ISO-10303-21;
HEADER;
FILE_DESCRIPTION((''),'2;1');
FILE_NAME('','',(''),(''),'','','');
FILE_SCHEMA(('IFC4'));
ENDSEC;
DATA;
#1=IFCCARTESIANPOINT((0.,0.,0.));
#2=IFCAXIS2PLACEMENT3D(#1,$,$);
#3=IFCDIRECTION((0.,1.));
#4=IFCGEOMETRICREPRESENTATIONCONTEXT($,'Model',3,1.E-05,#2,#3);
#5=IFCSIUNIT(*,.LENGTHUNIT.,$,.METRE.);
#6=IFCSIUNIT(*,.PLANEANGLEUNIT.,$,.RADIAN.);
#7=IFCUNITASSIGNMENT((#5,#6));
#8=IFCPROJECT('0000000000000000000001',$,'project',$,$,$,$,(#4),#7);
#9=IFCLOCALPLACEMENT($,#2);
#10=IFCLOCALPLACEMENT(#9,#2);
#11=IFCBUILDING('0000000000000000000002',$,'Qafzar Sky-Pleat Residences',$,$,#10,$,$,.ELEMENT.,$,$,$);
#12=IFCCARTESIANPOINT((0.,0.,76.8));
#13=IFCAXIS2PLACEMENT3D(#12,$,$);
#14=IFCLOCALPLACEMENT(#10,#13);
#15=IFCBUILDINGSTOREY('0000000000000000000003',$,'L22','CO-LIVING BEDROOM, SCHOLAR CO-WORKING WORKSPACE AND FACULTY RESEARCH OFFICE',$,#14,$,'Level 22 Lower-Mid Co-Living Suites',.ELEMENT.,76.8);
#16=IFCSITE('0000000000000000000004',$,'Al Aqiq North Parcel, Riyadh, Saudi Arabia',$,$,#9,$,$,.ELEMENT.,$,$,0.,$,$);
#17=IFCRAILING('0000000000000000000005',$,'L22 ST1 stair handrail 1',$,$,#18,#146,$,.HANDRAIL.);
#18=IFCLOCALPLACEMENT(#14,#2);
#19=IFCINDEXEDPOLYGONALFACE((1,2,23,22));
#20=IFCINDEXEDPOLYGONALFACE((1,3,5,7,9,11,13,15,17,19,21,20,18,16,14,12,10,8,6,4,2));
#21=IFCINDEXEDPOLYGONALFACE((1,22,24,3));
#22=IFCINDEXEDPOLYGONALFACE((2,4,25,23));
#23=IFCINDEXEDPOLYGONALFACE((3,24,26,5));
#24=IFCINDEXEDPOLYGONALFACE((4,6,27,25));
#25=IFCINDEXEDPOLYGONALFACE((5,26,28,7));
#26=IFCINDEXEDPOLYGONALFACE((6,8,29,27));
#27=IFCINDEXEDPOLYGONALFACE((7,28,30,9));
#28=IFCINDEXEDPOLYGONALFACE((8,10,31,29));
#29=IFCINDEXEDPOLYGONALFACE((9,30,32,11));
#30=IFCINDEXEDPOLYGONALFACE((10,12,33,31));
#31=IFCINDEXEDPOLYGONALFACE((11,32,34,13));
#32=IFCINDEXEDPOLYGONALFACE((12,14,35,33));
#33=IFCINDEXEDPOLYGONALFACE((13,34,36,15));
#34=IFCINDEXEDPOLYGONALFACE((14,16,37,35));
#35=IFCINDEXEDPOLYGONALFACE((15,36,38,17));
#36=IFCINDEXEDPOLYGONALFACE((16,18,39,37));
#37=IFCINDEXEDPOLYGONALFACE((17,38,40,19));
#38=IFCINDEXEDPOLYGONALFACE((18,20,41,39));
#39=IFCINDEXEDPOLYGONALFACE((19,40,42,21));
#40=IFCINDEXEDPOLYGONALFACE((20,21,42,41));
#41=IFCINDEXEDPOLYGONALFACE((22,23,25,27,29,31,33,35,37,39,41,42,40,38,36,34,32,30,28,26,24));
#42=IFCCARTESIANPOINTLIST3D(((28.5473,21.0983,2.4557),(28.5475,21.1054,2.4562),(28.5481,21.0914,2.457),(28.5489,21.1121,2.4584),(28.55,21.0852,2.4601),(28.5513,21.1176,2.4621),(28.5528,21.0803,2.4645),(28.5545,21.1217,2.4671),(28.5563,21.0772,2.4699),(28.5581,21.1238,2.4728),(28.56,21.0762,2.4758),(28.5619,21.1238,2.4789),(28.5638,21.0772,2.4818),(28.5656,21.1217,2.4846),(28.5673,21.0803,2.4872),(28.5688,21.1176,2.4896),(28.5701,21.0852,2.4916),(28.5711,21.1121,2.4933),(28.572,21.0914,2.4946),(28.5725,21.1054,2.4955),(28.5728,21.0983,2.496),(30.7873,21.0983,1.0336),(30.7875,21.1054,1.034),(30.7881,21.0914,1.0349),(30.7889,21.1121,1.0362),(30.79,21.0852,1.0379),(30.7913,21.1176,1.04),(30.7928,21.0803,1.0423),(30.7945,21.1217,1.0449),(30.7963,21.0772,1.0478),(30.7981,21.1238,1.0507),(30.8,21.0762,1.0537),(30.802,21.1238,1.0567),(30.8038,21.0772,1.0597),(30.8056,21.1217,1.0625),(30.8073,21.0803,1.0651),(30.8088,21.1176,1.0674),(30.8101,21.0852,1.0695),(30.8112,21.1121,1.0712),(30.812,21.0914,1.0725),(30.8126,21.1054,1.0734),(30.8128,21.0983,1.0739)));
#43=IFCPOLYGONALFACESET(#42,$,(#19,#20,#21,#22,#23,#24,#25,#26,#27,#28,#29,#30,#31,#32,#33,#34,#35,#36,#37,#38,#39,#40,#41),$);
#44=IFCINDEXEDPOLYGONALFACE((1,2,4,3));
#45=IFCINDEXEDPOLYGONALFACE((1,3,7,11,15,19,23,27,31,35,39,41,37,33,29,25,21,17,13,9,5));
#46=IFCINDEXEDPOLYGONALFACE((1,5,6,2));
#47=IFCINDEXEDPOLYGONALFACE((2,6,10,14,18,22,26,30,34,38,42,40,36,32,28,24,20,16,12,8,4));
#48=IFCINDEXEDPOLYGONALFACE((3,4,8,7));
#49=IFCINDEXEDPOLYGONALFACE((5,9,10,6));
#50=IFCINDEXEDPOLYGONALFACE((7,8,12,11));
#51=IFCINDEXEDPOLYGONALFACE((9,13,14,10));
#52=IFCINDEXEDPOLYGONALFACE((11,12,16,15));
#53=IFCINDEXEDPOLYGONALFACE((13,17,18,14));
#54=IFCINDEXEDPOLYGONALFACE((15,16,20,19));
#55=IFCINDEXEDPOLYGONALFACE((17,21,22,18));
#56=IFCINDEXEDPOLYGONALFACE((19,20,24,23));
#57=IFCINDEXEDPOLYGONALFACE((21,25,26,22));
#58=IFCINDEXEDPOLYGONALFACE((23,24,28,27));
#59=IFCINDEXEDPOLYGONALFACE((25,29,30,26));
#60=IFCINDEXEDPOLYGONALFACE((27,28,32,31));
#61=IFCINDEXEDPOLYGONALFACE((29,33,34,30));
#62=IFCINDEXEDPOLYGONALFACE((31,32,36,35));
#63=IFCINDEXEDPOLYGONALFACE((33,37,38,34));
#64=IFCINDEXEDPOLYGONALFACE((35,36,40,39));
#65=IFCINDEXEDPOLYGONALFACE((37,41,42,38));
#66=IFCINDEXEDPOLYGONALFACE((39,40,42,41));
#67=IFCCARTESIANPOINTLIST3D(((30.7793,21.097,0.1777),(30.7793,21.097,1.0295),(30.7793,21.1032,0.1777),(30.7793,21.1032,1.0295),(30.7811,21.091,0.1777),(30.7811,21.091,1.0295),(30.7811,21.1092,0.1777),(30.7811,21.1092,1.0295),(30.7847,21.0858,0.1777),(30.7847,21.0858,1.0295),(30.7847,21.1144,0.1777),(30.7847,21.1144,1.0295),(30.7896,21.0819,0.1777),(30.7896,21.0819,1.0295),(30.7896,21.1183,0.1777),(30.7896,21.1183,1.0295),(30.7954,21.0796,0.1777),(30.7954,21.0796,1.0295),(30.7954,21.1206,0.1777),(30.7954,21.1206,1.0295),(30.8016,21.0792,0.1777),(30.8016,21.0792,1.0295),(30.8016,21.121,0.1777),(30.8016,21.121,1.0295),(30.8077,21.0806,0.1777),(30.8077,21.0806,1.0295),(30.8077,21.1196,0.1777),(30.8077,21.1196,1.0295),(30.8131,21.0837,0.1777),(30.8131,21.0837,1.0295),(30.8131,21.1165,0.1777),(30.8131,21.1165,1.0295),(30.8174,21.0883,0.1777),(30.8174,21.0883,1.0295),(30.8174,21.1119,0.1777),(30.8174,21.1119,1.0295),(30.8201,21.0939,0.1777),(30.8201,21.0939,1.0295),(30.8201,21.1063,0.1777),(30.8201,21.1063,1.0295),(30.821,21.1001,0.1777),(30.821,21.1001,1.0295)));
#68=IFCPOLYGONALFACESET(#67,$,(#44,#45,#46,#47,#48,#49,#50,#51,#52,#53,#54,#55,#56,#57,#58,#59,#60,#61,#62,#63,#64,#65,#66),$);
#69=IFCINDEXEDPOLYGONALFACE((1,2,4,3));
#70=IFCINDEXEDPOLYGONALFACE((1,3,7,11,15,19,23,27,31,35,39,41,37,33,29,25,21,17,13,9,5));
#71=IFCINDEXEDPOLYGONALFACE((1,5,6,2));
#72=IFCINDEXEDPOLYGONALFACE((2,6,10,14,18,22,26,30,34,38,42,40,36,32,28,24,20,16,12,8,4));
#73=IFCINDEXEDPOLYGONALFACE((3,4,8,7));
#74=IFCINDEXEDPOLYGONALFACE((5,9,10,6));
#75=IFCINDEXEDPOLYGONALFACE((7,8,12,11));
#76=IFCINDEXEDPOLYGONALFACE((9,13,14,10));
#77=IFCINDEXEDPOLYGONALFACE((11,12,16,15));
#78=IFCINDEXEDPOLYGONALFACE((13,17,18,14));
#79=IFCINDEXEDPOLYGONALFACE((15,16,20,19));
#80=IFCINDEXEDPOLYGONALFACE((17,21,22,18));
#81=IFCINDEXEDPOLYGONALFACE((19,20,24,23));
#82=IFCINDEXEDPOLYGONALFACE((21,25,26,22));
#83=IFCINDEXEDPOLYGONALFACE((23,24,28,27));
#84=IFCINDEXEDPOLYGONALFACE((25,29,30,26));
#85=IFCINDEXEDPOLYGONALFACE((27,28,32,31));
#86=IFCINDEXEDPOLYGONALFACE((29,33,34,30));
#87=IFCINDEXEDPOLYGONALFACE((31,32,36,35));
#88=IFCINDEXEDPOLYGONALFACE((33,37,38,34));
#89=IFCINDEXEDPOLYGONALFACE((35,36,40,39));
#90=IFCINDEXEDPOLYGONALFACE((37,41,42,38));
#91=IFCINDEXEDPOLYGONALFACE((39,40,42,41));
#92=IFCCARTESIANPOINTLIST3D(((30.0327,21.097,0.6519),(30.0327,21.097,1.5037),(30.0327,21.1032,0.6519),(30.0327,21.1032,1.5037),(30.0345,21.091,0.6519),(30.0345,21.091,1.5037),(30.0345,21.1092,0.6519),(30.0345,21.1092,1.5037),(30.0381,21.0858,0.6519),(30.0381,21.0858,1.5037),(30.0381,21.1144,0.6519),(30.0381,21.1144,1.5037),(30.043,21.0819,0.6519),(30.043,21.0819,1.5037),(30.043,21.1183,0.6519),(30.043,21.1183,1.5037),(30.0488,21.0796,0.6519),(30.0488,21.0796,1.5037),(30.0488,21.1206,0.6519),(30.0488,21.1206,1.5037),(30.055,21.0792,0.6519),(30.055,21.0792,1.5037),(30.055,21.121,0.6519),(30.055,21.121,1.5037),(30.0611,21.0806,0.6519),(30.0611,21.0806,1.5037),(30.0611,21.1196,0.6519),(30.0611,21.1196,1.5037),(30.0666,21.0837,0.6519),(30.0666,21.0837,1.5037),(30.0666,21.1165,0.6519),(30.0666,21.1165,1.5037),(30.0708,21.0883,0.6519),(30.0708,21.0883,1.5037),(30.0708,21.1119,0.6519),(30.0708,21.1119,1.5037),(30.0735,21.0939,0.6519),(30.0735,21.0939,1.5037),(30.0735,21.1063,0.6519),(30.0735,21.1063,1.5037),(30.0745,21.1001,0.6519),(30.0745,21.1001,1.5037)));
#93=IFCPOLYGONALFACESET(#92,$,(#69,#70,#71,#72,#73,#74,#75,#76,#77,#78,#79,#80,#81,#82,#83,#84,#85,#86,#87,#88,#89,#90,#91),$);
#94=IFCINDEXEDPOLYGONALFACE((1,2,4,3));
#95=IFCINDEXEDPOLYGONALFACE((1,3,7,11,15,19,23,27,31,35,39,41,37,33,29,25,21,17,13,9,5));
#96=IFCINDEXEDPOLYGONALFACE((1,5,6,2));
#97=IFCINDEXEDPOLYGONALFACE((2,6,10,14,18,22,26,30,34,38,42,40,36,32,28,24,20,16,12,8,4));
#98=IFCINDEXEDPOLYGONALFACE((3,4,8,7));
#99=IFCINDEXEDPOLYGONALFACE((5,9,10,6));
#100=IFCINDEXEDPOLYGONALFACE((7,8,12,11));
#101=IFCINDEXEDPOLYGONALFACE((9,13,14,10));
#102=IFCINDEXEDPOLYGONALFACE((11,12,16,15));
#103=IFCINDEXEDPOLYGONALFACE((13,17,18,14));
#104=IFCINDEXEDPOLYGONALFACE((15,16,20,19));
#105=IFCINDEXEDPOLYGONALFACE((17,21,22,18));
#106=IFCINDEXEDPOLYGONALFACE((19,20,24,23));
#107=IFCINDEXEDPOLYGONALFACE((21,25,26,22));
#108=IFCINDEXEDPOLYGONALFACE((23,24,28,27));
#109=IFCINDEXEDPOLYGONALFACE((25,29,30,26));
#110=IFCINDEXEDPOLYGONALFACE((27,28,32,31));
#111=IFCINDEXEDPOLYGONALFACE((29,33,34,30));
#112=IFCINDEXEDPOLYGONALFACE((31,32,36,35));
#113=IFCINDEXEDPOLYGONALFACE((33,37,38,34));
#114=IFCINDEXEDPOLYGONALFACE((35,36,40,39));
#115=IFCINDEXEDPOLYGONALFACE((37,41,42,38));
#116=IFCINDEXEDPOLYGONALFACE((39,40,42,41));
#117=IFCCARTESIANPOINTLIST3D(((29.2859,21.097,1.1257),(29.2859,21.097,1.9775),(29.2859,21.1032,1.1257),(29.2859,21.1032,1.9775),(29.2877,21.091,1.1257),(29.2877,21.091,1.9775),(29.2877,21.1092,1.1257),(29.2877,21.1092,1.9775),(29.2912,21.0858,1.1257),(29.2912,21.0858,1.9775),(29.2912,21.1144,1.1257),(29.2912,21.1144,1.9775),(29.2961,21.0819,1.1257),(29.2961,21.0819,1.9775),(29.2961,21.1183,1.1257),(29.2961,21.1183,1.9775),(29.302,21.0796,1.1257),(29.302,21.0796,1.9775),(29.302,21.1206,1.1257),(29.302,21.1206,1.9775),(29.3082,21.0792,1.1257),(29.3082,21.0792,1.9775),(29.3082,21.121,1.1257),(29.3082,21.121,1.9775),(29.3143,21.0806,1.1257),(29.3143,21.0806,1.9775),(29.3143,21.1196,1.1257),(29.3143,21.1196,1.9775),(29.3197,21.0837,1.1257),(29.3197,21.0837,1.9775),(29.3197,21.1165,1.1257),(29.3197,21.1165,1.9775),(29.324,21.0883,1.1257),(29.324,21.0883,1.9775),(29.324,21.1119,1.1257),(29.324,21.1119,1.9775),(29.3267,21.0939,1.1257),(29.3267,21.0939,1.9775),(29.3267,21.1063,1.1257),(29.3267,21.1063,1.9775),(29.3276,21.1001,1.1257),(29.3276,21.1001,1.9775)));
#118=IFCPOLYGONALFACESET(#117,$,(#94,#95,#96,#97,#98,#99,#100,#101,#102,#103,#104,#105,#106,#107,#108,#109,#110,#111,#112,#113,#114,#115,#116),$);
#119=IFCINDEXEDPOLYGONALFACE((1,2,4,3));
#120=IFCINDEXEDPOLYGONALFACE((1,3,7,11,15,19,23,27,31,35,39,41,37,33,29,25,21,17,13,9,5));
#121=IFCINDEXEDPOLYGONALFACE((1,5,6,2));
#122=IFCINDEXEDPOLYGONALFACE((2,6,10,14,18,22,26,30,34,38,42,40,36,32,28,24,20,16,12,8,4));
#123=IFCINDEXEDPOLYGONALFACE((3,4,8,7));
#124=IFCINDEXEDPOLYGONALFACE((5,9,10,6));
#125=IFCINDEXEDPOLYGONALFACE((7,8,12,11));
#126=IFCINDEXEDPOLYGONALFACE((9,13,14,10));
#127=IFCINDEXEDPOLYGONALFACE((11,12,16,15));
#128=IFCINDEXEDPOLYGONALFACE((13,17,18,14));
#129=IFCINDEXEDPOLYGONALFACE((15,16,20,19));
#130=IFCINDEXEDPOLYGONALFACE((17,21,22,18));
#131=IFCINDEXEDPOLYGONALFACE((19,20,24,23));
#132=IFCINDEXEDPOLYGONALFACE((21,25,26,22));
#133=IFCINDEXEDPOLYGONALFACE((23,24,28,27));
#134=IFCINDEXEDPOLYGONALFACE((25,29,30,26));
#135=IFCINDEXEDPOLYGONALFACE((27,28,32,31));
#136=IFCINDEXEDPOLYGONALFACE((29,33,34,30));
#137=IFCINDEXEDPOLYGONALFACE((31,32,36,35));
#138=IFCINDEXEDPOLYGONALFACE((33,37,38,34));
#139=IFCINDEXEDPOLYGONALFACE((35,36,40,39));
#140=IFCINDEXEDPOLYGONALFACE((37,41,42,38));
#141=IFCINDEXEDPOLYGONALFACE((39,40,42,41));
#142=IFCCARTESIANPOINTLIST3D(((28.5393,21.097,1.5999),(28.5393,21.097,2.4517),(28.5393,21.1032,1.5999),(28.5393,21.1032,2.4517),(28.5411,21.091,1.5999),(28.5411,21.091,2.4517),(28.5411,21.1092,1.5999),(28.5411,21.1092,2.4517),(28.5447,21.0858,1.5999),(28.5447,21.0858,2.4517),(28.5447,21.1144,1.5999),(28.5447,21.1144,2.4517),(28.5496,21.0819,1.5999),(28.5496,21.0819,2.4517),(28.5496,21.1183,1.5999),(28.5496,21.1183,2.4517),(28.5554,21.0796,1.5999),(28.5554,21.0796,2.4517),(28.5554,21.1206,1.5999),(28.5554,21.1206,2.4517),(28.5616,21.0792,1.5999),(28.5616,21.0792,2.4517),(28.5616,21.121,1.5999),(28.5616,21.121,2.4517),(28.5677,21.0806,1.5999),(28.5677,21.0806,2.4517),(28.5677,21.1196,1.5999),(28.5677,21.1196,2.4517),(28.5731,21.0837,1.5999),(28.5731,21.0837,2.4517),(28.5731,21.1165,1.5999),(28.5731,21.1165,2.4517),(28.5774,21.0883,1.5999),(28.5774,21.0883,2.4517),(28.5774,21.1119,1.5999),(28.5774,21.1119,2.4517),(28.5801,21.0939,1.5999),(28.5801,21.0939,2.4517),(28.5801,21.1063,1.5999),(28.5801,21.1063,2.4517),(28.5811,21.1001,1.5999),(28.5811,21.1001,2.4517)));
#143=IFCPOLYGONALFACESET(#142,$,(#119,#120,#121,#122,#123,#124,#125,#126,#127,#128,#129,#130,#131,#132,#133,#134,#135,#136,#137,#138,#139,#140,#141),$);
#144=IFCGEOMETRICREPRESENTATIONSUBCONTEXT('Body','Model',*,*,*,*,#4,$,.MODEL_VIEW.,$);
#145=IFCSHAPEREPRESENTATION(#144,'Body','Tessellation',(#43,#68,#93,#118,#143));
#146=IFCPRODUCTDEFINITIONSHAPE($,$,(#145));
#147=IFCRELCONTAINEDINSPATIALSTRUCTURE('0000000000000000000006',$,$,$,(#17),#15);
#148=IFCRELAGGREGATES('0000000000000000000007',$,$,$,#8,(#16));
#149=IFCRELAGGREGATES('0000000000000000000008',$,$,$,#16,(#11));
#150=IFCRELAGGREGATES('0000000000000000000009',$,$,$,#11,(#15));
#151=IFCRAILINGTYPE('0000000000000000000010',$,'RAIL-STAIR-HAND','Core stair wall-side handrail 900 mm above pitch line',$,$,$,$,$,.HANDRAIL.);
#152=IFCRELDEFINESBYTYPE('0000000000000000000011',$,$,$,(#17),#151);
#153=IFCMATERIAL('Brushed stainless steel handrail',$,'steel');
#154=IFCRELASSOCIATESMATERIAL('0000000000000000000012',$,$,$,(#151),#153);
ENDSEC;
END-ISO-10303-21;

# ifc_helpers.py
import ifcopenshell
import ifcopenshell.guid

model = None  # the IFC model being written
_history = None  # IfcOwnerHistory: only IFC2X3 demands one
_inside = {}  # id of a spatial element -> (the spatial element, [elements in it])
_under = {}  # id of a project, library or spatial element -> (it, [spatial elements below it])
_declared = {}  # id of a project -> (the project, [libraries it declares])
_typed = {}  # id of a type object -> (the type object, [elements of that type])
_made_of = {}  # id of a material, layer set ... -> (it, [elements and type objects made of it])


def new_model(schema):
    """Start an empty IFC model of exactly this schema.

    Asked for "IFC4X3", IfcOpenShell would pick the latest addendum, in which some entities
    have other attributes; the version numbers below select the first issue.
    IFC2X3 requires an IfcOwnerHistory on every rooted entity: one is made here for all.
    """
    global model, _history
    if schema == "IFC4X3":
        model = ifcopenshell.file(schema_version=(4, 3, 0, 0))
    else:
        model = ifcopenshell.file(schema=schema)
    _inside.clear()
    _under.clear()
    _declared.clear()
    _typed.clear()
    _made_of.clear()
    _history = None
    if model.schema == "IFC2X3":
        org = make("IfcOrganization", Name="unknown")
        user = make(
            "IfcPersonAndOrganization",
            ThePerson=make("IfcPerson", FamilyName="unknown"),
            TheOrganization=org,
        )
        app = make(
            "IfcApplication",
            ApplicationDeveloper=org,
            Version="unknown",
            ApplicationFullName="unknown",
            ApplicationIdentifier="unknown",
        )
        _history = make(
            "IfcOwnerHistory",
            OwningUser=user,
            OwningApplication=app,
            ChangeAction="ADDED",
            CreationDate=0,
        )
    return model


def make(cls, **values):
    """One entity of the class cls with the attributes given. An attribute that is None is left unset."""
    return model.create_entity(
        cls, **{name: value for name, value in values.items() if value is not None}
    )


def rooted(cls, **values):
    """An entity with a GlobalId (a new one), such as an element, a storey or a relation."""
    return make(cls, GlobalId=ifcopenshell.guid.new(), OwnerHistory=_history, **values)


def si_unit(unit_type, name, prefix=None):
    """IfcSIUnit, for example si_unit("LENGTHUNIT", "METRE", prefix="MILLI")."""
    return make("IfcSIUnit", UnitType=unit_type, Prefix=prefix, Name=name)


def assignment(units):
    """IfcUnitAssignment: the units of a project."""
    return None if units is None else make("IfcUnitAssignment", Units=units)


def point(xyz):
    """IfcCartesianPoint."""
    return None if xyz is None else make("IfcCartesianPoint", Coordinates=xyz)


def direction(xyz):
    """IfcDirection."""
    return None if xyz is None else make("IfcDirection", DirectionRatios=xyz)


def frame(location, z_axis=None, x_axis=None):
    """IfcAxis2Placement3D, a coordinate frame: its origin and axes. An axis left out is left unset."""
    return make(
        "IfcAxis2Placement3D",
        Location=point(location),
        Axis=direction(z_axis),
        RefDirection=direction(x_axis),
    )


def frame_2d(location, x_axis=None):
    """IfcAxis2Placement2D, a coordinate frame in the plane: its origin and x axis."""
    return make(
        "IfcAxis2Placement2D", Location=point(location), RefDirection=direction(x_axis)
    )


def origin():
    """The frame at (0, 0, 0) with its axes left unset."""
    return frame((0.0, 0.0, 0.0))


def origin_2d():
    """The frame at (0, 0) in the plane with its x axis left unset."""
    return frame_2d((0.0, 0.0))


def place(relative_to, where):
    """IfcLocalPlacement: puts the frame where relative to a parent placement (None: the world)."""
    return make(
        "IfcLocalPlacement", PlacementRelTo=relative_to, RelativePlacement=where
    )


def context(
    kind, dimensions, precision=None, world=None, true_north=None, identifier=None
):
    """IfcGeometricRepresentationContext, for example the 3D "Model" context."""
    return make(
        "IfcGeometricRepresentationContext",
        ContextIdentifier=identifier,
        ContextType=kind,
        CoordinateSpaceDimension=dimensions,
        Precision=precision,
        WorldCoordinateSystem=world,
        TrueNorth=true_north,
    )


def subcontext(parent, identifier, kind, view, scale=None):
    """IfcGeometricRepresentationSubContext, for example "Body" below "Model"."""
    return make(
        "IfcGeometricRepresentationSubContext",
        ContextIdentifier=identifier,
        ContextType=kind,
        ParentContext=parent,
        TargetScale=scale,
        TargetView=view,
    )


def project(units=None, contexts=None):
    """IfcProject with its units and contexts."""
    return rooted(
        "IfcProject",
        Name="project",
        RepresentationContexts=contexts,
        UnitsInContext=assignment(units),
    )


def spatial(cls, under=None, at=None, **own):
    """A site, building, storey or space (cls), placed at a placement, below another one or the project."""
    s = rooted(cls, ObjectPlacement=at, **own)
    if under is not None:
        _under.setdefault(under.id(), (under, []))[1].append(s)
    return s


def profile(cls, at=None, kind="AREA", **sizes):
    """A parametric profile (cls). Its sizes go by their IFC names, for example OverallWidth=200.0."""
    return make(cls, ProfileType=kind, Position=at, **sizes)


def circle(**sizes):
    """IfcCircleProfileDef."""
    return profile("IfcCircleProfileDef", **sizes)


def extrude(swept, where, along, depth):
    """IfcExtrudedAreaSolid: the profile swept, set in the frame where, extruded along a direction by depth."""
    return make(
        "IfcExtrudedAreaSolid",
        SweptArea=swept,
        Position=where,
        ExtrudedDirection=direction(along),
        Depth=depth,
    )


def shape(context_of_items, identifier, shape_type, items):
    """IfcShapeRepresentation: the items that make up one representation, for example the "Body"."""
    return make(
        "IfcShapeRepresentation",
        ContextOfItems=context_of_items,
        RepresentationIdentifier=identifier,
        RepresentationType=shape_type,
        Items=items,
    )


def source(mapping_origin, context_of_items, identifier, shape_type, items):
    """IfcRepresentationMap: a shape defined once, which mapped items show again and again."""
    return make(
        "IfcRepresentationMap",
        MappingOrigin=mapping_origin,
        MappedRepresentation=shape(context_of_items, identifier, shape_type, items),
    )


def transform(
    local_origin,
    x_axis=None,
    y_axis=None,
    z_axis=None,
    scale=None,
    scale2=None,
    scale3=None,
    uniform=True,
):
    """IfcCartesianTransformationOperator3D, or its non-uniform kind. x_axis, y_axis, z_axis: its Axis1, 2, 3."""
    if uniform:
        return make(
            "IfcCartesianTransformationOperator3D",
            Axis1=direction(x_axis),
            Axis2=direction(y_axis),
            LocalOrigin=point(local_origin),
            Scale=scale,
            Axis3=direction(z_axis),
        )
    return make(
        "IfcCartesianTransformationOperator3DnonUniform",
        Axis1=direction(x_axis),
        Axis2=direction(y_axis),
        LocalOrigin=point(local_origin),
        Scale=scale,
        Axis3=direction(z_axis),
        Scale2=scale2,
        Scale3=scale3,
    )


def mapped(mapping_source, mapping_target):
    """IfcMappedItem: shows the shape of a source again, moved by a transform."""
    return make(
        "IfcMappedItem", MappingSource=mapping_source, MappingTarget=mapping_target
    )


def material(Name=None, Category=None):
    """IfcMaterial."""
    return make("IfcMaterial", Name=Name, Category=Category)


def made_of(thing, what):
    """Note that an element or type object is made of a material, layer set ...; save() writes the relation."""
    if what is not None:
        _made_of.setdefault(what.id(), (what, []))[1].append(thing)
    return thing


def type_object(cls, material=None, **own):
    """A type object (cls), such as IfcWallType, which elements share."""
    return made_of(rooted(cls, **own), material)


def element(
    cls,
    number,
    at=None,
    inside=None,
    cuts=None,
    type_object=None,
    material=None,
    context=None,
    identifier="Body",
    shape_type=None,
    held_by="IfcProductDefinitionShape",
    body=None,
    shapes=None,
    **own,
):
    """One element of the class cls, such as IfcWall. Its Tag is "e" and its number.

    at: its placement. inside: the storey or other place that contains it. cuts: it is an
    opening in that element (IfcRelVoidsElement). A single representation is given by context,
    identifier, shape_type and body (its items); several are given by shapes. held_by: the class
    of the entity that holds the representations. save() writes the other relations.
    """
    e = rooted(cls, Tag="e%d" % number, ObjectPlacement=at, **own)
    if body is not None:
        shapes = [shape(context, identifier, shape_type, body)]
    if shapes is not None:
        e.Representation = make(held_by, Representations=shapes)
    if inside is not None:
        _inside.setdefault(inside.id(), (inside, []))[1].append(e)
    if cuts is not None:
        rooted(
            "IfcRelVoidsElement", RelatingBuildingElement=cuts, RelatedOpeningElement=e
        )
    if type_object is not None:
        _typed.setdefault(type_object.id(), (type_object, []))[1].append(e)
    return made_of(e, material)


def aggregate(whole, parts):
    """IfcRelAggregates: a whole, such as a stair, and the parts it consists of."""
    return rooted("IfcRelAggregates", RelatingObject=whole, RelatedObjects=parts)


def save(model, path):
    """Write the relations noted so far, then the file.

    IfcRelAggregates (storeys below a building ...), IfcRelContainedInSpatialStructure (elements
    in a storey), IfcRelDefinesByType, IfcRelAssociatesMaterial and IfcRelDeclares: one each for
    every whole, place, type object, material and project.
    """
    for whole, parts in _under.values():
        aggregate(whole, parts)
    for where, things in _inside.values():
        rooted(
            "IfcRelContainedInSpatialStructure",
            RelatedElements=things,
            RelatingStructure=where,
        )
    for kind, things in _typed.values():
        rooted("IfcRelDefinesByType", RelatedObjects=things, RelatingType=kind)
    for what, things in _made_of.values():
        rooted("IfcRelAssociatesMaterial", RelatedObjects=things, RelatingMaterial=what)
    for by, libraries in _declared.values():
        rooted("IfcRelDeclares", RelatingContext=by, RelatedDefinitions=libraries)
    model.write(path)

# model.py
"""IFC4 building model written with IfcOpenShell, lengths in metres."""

from ifc_helpers import new_model, si_unit, direction, frame, origin, origin_2d, place, context, subcontext, project, spatial, circle, extrude, source, transform, mapped, material, type_object, element, save


model = new_model("IFC4")

# Units and contexts
model_context = context("Model", 3, precision=1e-05, world=origin(), true_north=direction((0.0, 1.0)))
body_context = subcontext(model_context, "Body", "Model", "MODEL_VIEW")
ifc_project = project(units=[si_unit("LENGTHUNIT", "METRE"), si_unit("PLANEANGLEUNIT", "RADIAN")], contexts=[model_context])

# Site, building, storey
site_placement = place(None, origin())
site = spatial("IfcSite", under=ifc_project, at=site_placement, Name="Al Aqiq North Parcel, Riyadh, Saudi Arabia", CompositionType="ELEMENT", RefElevation=0.0)
building_placement = place(site_placement, origin())
building = spatial("IfcBuilding", under=site, at=building_placement, Name="Qafzar Sky-Pleat Residences", CompositionType="ELEMENT")
storey_placement = place(building_placement, frame((0.0, 0.0, 76.8)))
storey = spatial("IfcBuildingStorey", under=building, at=storey_placement, Name="L22", Description="CO-LIVING BEDROOM, SCHOLAR CO-WORKING WORKSPACE AND FACULTY RESEARCH OFFICE", LongName="Level 22 Lower-Mid Co-Living Suites", CompositionType="ELEMENT", Elevation=76.8)

# Railing
ifc_material_1 = material(Name="Brushed stainless steel handrail", Category="steel")
railing_type_1 = type_object("IfcRailingType", Name="RAIL-STAIR-HAND", Description="Core stair wall-side handrail 900 mm above pitch line", PredefinedType="HANDRAIL", material=ifc_material_1)
shared_shape_1 = source(origin(), body_context, "Body", "SweptSolid", [
    extrude(circle(Radius=0.0239, at=origin_2d()), frame((0.0, 0.0, 0.876), z_axis=(-0.844229, 0.0, 0.535982), x_axis=(0.0, -1.0, 0.0)), (0.0, 0.0, 1.0), 2.6533),
    extrude(circle(Radius=0.021, at=origin_2d()), origin(), (0.0, 0.0, 1.0), 0.8518),
    extrude(circle(Radius=0.021, at=origin_2d()), frame((-0.7466, 0.0, 0.4741)), (0.0, 0.0, 1.0), 0.8518),
    extrude(circle(Radius=0.021, at=origin_2d()), frame((-1.4934, 0.0, 0.948)), (0.0, 0.0, 1.0), 0.8518),
    extrude(circle(Radius=0.021, at=origin_2d()), frame((-2.24, 0.0, 1.4221)), (0.0, 0.0, 1.0), 0.8518),
])
railing_1_placement = place(storey_placement, frame((30.8, 21.1001, 0.1777)))
element("IfcRailing", 1, at=railing_1_placement, inside=storey, type_object=railing_type_1, Name="L22 ST1 stair handrail 1", PredefinedType="HANDRAIL", context=body_context, shape_type="MappedRepresentation", body=[
    mapped(shared_shape_1, transform((0.0, 0.0, 0.0), x_axis=(1.0, 0.0, 0.0), y_axis=(0.0, 1.0, 0.0), z_axis=(0.0, 0.0, 1.0), scale=1.0)),
])

save(model, "model.ifc")
